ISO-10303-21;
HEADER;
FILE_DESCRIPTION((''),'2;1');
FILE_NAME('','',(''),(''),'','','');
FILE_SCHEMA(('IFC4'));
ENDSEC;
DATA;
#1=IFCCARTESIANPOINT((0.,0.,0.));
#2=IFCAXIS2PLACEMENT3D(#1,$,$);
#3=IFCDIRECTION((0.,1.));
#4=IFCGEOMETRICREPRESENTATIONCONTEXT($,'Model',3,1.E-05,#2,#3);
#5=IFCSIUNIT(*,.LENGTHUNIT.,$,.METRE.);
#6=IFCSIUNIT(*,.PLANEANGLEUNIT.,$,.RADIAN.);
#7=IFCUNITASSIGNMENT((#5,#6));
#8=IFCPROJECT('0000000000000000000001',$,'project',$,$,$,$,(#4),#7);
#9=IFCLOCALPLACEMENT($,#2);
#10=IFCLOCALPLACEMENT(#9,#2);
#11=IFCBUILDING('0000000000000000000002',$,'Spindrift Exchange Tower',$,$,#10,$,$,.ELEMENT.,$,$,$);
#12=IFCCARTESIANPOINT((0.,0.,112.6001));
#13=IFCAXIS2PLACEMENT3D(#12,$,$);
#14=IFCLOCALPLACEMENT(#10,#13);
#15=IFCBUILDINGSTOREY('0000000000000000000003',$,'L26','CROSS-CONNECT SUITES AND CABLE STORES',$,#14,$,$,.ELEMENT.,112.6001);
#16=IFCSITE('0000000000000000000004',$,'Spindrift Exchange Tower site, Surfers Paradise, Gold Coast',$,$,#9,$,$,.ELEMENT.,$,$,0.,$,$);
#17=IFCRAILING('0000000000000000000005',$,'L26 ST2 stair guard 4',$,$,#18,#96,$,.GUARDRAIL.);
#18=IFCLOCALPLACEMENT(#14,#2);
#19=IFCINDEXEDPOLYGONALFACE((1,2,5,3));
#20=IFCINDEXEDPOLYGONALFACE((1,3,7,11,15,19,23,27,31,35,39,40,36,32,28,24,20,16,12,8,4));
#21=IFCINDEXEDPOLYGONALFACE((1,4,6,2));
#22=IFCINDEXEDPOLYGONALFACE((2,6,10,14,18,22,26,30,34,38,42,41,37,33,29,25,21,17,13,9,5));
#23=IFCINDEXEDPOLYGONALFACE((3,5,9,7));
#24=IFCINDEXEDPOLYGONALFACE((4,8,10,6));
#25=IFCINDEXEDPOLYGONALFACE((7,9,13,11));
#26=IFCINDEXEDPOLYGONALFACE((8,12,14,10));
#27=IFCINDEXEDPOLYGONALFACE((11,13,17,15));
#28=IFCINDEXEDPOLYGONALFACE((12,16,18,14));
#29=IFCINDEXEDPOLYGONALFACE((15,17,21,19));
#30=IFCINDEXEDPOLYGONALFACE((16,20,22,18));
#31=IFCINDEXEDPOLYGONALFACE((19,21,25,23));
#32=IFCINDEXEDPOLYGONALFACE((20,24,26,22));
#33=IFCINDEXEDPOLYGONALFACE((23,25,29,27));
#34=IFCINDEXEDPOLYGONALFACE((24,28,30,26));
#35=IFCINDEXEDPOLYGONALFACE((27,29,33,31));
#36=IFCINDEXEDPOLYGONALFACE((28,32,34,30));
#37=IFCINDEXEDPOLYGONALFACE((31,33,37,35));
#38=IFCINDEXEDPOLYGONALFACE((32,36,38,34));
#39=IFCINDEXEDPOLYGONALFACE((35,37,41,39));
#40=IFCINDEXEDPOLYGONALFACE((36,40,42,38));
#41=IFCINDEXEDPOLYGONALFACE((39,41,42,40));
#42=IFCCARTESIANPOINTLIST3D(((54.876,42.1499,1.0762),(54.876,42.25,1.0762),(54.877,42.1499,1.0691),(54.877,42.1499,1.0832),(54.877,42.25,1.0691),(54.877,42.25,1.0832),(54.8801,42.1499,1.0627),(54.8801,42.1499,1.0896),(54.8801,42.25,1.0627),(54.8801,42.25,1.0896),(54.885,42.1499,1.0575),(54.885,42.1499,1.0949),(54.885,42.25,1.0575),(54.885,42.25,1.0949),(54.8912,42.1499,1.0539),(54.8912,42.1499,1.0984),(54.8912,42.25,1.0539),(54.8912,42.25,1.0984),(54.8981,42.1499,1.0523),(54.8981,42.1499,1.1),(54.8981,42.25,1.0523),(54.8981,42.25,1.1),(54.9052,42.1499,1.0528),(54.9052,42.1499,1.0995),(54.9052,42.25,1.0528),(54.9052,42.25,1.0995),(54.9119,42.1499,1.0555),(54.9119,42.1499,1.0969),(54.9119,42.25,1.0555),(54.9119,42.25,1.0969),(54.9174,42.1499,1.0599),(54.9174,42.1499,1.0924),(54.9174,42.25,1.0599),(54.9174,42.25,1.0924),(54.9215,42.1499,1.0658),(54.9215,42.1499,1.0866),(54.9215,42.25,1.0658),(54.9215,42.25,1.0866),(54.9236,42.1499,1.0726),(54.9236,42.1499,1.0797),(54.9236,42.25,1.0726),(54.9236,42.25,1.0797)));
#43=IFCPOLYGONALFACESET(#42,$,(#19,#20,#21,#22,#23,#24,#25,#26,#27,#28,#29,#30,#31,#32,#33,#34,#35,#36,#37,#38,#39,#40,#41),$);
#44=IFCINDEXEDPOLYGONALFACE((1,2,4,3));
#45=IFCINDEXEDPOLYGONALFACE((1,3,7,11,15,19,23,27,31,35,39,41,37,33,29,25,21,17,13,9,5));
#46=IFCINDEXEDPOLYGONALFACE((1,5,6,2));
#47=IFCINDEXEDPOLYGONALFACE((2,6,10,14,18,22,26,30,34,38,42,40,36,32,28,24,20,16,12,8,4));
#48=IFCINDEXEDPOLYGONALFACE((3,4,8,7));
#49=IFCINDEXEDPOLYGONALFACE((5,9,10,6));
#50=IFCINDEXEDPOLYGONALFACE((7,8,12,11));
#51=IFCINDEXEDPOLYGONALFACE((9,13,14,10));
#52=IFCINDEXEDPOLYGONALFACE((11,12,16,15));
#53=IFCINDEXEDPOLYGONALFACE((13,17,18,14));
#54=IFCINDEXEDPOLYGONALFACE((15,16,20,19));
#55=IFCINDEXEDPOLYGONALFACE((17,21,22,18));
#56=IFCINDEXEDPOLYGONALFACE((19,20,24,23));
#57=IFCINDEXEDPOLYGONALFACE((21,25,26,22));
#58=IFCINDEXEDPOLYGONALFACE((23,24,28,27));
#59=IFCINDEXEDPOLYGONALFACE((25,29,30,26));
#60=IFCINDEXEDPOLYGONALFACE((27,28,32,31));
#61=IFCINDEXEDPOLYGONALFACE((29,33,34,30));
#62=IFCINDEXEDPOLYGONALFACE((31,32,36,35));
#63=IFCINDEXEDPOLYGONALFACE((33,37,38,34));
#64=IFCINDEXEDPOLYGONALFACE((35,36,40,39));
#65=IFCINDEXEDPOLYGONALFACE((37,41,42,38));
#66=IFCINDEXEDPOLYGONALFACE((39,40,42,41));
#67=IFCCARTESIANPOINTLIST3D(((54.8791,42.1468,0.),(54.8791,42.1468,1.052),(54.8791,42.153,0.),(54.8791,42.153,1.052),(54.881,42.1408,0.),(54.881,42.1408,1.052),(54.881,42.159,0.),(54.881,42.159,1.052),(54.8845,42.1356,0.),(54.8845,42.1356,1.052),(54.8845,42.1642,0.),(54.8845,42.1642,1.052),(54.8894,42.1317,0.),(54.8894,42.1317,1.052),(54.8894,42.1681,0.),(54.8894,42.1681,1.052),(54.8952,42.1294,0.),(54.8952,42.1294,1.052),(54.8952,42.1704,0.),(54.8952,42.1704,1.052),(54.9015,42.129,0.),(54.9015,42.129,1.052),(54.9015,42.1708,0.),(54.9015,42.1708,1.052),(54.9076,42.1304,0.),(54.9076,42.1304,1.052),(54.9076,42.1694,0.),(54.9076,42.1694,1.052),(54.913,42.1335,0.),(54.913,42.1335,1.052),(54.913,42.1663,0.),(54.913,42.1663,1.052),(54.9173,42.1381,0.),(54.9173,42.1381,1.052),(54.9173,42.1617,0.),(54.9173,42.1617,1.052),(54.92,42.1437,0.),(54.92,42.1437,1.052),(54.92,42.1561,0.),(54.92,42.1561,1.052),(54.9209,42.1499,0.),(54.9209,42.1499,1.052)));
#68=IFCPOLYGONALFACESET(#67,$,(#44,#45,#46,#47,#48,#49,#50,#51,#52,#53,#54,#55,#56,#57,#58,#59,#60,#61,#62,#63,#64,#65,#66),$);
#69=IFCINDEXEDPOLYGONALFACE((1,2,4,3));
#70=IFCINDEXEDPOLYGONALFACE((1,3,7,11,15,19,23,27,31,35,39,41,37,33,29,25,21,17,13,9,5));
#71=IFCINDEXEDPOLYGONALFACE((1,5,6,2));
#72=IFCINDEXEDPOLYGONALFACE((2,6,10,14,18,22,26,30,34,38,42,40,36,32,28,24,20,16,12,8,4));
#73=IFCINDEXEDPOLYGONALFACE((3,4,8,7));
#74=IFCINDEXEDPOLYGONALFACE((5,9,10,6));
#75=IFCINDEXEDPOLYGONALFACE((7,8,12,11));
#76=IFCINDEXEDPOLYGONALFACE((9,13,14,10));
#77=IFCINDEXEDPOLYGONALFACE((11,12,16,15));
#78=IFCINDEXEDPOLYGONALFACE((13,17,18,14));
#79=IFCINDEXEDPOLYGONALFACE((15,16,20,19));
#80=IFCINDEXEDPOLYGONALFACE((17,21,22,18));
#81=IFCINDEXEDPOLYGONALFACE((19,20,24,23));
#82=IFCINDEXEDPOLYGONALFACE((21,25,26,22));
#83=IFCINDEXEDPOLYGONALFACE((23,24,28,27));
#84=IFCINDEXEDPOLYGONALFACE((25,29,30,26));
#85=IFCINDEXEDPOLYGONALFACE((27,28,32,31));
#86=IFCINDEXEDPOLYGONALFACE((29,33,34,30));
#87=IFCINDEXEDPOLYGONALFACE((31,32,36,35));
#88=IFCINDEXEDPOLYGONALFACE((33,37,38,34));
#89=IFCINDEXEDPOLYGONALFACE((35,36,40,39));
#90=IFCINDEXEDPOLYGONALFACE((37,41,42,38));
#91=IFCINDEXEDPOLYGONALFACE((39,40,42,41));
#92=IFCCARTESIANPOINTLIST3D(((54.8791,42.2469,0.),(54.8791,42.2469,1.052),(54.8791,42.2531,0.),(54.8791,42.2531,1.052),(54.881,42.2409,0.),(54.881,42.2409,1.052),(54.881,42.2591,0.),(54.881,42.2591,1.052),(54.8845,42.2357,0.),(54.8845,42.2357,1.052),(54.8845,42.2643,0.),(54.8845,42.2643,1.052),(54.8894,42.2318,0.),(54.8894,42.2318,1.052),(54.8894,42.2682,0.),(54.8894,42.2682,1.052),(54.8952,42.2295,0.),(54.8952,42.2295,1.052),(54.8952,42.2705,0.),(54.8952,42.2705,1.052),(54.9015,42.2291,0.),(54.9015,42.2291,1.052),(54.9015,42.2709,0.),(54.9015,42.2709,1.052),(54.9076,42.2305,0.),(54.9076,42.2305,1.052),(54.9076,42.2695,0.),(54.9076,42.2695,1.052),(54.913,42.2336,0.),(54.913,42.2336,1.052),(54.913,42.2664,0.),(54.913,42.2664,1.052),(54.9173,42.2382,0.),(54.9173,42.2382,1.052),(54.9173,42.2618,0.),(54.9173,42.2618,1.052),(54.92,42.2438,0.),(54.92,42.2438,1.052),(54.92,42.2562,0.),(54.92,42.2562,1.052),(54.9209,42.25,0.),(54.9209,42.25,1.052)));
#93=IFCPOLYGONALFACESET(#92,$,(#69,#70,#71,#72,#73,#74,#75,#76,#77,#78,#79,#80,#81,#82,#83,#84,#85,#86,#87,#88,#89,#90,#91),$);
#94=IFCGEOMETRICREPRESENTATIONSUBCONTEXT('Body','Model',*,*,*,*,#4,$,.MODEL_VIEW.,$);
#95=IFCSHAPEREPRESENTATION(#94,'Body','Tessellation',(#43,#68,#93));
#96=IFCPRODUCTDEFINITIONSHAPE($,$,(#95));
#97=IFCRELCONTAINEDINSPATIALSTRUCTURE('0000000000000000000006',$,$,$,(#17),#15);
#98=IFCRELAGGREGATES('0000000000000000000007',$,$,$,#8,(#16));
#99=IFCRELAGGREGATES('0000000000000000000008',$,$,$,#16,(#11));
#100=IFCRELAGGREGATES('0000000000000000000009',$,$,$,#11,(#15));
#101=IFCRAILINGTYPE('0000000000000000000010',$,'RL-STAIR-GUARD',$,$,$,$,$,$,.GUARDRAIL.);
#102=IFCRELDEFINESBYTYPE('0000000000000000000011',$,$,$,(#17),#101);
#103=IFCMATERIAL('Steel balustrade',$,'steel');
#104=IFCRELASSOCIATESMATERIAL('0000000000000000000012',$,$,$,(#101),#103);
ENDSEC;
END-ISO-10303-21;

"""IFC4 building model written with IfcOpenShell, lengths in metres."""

from ifc_helpers import new_model, si_unit, direction, frame, origin, origin_2d, place, context, subcontext, project, spatial, circle, extrude, material, type_object, element, save


model = new_model("IFC4")

# Units and contexts
model_context = context("Model", 3, precision=1e-05, world=origin(), true_north=direction((0.0, 1.0)))
body_context = subcontext(model_context, "Body", "Model", "MODEL_VIEW")
ifc_project = project(units=[si_unit("LENGTHUNIT", "METRE"), si_unit("PLANEANGLEUNIT", "RADIAN")], contexts=[model_context])

# Site, building, storey
site_placement = place(None, origin())
site = spatial("IfcSite", under=ifc_project, at=site_placement, Name="Spindrift Exchange Tower site, Surfers Paradise, Gold Coast", CompositionType="ELEMENT", RefElevation=0.0)
building_placement = place(site_placement, origin())
building = spatial("IfcBuilding", under=site, at=building_placement, Name="Spindrift Exchange Tower", CompositionType="ELEMENT")
storey_placement = place(building_placement, frame((0.0, 0.0, 112.6001)))
storey = spatial("IfcBuildingStorey", under=building, at=storey_placement, Name="L26", Description="CROSS-CONNECT SUITES AND CABLE STORES", CompositionType="ELEMENT", Elevation=112.6001)

# Railing
ifc_material_1 = material(Name="Steel balustrade", Category="steel")
railing_type_1 = type_object("IfcRailingType", Name="RL-STAIR-GUARD", PredefinedType="GUARDRAIL", material=ifc_material_1)
railing_1_placement = place(storey_placement, frame((54.8999, 42.1499, 0.0)))
element("IfcRailing", 1, at=railing_1_placement, inside=storey, type_object=railing_type_1, Name="L26 ST2 stair guard 4", PredefinedType="GUARDRAIL", context=body_context, shape_type="SweptSolid", body=[
    extrude(circle(Radius=0.0239, at=origin_2d()), frame((0.0, 0.0, 1.0762), z_axis=(0.0, 1.0, 0.0), x_axis=(-1.0, 0.0, 0.0)), (0.0, 0.0, 1.0), 0.1001),
    extrude(circle(Radius=0.021, at=origin_2d()), origin(), (0.0, 0.0, 1.0), 1.052),
    extrude(circle(Radius=0.021, at=origin_2d()), frame((0.0, 0.1001, 0.0)), (0.0, 0.0, 1.0), 1.052),
])

save(model, "model.ifc")
